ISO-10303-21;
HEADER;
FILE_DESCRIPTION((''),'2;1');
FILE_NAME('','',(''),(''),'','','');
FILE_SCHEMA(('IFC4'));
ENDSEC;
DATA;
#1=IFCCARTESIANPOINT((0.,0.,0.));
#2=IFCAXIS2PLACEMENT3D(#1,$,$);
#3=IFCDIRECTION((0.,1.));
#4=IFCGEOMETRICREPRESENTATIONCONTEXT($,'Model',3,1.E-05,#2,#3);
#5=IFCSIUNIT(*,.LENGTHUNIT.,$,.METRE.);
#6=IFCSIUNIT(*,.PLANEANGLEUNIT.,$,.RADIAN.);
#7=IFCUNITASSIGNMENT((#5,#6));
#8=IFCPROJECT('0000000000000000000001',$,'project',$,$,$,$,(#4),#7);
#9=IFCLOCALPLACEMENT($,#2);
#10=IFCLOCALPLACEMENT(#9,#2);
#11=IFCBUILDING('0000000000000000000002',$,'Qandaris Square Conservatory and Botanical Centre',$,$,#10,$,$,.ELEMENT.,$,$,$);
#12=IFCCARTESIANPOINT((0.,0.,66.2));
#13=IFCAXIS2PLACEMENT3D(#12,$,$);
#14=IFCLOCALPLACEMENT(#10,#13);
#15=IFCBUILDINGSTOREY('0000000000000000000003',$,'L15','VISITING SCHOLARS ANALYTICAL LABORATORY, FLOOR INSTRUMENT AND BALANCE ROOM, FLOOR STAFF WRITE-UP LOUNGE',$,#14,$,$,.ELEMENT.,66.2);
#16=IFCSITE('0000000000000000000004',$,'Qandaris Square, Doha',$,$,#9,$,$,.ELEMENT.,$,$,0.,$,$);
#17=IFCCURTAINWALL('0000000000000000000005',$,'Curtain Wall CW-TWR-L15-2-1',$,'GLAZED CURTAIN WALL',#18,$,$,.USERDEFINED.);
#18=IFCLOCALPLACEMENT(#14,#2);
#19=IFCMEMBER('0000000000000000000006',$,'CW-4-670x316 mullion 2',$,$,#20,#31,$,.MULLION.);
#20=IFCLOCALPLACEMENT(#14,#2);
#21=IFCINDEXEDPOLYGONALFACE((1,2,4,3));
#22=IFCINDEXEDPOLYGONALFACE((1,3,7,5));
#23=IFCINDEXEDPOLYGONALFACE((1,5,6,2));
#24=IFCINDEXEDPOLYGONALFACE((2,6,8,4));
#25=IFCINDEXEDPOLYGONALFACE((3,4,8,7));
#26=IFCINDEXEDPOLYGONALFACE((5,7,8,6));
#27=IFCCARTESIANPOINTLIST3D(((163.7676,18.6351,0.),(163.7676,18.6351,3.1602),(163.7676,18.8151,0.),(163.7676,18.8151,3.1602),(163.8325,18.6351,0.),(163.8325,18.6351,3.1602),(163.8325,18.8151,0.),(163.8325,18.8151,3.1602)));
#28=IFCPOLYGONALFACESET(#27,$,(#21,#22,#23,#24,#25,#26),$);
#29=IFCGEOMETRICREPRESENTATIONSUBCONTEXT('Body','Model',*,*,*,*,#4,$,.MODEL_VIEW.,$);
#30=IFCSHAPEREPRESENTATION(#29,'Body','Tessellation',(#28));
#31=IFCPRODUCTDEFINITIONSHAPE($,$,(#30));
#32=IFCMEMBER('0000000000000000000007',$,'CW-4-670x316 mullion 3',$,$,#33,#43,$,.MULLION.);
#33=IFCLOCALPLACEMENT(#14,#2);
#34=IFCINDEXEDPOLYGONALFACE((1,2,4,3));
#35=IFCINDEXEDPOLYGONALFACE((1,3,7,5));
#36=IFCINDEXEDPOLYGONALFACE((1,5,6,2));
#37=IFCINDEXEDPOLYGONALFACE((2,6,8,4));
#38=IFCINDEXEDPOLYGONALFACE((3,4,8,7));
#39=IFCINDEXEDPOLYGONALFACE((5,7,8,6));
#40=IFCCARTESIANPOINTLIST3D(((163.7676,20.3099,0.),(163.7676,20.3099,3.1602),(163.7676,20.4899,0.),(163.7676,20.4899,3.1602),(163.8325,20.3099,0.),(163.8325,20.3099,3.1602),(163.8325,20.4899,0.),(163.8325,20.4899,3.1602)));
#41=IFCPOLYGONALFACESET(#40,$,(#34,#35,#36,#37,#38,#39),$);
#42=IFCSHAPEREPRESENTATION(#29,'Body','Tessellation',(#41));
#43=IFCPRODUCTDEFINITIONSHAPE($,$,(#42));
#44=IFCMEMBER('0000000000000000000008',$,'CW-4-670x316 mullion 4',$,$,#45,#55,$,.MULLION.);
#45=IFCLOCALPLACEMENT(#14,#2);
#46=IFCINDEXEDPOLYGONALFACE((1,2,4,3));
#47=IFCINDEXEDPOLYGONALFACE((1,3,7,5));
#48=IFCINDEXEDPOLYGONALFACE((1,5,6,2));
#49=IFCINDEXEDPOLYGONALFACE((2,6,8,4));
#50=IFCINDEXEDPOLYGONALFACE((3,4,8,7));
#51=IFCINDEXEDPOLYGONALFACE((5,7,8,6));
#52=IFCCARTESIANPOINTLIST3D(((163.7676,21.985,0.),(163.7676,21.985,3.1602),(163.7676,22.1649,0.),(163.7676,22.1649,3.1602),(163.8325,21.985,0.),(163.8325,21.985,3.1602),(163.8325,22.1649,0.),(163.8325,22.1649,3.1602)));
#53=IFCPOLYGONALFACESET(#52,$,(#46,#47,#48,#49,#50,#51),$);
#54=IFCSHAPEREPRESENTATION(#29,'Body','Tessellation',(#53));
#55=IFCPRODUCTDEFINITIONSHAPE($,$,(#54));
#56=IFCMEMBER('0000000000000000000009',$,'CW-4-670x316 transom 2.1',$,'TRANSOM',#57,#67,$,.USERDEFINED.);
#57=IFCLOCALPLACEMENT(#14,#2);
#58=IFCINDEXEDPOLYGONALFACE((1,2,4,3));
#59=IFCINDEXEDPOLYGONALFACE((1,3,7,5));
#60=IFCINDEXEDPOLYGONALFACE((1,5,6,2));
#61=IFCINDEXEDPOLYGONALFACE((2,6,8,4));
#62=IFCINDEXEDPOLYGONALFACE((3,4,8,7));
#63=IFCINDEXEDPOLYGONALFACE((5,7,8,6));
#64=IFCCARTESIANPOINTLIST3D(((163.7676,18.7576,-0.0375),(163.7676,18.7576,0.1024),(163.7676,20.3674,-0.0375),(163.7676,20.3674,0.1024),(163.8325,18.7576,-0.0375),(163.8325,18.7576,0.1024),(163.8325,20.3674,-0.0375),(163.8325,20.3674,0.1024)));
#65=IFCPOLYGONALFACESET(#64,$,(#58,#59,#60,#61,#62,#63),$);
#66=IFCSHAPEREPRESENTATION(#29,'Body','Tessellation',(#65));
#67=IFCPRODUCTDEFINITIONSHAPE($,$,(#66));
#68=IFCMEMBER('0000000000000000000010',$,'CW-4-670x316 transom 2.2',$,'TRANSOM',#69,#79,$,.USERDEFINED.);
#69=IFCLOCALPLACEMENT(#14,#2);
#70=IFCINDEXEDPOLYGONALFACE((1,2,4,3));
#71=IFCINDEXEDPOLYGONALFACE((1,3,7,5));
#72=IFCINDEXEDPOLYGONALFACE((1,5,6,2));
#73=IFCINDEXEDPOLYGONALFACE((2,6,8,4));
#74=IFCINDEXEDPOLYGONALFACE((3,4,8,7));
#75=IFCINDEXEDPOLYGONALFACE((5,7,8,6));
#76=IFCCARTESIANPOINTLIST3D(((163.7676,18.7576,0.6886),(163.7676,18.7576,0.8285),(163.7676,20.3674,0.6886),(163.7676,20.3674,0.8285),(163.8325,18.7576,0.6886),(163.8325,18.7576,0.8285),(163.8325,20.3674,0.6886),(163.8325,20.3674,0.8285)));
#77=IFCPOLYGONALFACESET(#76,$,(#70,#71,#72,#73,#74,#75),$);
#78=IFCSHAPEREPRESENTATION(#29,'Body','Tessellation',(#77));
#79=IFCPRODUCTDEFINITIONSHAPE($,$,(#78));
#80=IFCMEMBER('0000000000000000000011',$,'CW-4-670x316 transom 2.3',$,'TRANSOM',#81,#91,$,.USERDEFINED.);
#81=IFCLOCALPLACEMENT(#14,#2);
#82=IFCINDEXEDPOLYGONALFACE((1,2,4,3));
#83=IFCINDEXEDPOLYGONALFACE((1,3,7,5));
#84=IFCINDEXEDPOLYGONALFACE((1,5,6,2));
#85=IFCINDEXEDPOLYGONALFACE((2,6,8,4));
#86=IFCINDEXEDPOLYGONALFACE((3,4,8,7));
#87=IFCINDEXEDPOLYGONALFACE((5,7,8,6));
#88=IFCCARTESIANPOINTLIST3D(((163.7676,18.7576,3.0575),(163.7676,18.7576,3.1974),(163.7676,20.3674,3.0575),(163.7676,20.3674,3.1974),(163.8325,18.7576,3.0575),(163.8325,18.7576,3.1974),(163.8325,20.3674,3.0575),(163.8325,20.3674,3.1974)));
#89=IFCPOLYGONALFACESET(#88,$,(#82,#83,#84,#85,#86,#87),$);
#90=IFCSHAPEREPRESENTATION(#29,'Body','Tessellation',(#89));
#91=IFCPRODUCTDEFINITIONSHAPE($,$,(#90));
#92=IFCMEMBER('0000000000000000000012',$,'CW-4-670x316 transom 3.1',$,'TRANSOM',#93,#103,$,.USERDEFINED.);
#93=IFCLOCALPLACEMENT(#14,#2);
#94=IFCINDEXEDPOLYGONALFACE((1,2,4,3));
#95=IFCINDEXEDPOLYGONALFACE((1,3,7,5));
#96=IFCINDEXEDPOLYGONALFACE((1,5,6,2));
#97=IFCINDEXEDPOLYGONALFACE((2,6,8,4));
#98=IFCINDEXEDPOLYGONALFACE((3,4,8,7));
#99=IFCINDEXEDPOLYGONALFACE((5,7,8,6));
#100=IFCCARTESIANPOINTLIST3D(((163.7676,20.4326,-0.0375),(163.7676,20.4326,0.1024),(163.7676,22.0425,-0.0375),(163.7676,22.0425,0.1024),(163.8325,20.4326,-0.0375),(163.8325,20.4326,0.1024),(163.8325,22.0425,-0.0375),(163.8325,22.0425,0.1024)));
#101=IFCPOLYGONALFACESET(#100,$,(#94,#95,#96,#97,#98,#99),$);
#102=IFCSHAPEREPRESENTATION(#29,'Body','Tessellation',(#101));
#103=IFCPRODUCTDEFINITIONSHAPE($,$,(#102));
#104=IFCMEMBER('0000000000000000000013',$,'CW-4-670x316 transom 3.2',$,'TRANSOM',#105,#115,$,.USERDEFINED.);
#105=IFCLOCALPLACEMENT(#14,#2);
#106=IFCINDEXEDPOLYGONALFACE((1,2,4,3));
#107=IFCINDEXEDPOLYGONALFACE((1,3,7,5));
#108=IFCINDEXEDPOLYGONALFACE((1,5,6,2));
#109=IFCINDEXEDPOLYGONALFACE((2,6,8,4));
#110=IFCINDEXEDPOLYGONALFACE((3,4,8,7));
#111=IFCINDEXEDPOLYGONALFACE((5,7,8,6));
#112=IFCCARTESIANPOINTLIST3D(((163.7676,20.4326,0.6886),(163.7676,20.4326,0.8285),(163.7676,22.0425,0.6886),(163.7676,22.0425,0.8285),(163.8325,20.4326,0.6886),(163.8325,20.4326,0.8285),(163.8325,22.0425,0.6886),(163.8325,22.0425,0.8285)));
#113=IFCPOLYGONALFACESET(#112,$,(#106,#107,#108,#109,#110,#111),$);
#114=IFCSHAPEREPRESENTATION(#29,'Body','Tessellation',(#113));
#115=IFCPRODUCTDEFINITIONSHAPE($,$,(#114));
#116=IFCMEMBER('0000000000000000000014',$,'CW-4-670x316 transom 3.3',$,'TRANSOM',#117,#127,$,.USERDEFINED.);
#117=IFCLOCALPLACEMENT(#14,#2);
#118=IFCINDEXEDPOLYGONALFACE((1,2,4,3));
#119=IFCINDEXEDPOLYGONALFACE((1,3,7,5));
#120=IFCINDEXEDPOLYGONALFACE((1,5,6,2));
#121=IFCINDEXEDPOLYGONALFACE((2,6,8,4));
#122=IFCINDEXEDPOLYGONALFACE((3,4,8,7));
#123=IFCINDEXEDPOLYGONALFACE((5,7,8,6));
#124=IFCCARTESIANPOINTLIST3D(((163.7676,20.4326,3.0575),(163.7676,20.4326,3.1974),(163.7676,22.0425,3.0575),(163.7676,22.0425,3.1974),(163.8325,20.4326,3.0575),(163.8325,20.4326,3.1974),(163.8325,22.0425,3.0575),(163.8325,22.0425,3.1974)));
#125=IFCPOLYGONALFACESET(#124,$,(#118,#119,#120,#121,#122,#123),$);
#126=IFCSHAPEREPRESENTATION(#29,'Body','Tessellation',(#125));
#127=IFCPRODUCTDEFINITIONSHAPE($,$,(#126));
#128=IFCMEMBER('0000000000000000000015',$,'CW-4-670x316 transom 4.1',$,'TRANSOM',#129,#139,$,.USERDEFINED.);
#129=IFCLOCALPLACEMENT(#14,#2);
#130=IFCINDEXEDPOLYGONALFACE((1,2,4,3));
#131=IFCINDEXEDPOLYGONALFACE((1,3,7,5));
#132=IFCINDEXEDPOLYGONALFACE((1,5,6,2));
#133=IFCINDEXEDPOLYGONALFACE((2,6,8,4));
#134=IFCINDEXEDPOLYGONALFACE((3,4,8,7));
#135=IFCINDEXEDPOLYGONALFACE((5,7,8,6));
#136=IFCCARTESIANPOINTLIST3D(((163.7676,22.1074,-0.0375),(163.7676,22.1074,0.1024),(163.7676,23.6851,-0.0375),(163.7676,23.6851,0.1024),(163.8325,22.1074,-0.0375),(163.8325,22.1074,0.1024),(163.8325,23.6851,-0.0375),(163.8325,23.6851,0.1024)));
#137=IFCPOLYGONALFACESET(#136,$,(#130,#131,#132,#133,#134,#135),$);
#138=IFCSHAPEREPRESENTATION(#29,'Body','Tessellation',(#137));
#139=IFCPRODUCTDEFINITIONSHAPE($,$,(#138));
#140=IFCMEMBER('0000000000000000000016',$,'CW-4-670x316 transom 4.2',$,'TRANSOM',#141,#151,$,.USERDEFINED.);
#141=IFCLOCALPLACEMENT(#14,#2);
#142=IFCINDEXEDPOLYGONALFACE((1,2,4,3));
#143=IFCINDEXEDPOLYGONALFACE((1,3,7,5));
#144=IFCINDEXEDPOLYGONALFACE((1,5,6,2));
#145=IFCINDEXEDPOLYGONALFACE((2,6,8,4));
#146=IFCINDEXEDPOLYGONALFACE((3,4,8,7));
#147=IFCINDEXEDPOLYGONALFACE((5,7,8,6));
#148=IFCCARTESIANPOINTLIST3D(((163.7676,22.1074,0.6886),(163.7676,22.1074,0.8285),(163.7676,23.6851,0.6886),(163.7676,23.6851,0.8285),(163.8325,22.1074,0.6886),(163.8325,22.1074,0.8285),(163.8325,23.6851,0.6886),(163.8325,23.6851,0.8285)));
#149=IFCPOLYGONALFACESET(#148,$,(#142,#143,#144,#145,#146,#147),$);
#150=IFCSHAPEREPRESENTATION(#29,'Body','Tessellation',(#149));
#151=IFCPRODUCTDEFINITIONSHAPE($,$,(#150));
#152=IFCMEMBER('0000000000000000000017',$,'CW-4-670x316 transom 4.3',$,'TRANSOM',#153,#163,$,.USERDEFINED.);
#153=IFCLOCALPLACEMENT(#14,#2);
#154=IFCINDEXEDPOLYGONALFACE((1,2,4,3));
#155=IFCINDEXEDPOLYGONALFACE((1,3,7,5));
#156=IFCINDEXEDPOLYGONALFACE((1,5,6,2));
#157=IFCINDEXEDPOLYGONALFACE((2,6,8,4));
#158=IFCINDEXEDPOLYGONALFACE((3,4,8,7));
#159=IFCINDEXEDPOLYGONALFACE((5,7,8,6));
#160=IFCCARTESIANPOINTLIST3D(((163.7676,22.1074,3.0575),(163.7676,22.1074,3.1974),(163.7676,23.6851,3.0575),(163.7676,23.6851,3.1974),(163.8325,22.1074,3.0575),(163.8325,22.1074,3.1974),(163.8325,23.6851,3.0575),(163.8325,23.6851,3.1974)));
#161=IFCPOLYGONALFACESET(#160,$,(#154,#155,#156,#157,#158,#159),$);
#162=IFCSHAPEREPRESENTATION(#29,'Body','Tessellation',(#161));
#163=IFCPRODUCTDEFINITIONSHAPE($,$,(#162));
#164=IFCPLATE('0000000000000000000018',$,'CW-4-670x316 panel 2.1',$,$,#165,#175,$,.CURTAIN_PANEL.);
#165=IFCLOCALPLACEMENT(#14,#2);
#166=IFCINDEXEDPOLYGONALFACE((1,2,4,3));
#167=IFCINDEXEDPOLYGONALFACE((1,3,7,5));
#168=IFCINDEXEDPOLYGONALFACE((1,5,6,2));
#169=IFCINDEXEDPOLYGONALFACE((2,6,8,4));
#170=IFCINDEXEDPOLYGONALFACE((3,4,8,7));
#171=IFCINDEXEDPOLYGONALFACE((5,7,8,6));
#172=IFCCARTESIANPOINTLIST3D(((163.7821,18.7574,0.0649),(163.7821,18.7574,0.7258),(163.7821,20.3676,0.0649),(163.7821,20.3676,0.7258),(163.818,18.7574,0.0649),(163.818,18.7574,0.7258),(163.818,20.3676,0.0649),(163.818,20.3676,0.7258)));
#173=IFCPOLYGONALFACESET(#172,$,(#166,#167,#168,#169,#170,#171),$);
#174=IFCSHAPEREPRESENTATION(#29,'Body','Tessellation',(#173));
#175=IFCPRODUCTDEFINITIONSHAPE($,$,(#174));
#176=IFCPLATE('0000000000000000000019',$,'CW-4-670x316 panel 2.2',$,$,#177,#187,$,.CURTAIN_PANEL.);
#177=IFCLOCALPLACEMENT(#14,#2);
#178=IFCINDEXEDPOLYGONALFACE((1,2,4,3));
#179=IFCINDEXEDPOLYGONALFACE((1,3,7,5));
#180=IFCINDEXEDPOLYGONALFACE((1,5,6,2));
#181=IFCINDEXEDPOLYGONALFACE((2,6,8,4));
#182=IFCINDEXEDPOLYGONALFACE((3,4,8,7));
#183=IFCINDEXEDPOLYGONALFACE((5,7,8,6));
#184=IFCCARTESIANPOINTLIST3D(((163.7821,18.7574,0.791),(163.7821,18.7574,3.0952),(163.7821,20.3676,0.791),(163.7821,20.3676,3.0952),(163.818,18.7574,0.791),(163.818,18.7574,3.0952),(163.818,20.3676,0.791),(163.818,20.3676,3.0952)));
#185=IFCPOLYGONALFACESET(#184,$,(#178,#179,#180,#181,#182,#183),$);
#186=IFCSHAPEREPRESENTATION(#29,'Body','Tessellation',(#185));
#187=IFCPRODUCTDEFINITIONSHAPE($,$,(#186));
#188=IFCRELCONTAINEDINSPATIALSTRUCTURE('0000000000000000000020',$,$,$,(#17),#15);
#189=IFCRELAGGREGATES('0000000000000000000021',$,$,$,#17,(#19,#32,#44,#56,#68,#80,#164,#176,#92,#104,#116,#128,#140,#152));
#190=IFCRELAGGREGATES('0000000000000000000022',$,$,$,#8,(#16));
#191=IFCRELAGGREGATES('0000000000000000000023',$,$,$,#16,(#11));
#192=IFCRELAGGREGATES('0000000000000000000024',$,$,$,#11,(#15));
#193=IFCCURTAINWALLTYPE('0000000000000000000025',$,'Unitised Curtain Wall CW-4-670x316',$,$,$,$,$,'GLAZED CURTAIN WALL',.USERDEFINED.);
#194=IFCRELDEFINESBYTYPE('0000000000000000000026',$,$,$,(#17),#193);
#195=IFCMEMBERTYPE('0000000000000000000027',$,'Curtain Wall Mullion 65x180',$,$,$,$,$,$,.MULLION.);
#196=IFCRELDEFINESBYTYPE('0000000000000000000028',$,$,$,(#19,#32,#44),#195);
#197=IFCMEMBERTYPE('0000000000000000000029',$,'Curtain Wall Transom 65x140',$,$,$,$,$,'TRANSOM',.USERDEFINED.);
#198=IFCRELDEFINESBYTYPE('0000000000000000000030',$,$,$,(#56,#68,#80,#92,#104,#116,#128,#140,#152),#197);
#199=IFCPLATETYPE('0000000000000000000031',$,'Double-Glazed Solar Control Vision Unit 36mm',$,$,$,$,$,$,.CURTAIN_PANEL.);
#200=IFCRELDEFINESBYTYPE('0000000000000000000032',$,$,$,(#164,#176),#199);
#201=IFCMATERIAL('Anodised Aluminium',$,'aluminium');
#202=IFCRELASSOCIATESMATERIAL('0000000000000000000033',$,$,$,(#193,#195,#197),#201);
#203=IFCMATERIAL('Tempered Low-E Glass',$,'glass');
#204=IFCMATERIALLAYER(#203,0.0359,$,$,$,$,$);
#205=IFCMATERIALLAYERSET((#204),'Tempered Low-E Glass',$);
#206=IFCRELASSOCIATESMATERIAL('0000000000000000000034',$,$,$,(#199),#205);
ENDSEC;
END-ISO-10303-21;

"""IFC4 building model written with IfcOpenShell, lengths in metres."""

from ifc_helpers import new_model, si_unit, direction, frame, origin, origin_2d, place, context, subcontext, project, spatial, rectangle, extrude, material, layer, layer_set, material_profile, profile_set, type_object, element, aggregate, save


model = new_model("IFC4")

# Units and contexts
model_context = context("Model", 3, precision=1e-05, world=origin(), true_north=direction((0.0, 1.0)))
body_context = subcontext(model_context, "Body", "Model", "MODEL_VIEW")
ifc_project = project(units=[si_unit("LENGTHUNIT", "METRE"), si_unit("PLANEANGLEUNIT", "RADIAN")], contexts=[model_context])

# Site, building, storey
site_placement = place(None, origin())
site = spatial("IfcSite", under=ifc_project, at=site_placement, Name="Qandaris Square, Doha", CompositionType="ELEMENT", RefElevation=0.0)
building_placement = place(site_placement, origin())
building = spatial("IfcBuilding", under=site, at=building_placement, Name="Qandaris Square Conservatory and Botanical Centre", CompositionType="ELEMENT")
storey_placement = place(building_placement, frame((0.0, 0.0, 66.2)))
storey = spatial("IfcBuildingStorey", under=building, at=storey_placement, Name="L15", Description="VISITING SCHOLARS ANALYTICAL LABORATORY, FLOOR INSTRUMENT AND BALANCE ROOM, FLOOR STAFF WRITE-UP LOUNGE", CompositionType="ELEMENT", Elevation=66.2)

# Curtain wall, members, plates
ifc_material_1 = material(Name="Anodised Aluminium", Category="aluminium")
curtain_wall_type = type_object("IfcCurtainWallType", Name="Unitised Curtain Wall CW-4-670x316", ElementType="GLAZED CURTAIN WALL", PredefinedType="USERDEFINED", material=ifc_material_1)
curtain_wall_placement = place(storey_placement, origin())
curtain_wall = element("IfcCurtainWall", 1, at=curtain_wall_placement, inside=storey, type_object=curtain_wall_type, Name="Curtain Wall CW-TWR-L15-2-1", ObjectType="GLAZED CURTAIN WALL", PredefinedType="USERDEFINED")
ifc_material_profile_1 = material_profile(ifc_material_1, rectangle(XDim=0.0649, YDim=0.1799, at=origin_2d()), Name="ALU-MUL 65x180")
ifc_profile_set_1 = profile_set([ifc_material_profile_1], Name="Anodised Aluminium")
member_type_1 = type_object("IfcMemberType", Name="Curtain Wall Mullion 65x180", PredefinedType="MULLION", material=ifc_profile_set_1)
member_1_placement = place(storey_placement, frame((163.8, 18.7251, 0.0), z_axis=(0.0, 0.0, 1.0), x_axis=(-1.0, 0.0, 0.0)))
member_1 = element("IfcMember", 2, at=member_1_placement, type_object=member_type_1, Name="CW-4-670x316 mullion 2", PredefinedType="MULLION", context=body_context, shape_type="SweptSolid", body=[
    extrude(rectangle(XDim=0.0649, YDim=0.1799, at=origin_2d()), origin(), (0.0, 0.0, 1.0), 3.1602),
])
member_2_placement = place(storey_placement, frame((163.8, 20.3999, 0.0), z_axis=(0.0, 0.0, 1.0), x_axis=(-1.0, 0.0, 0.0)))
member_2 = element("IfcMember", 3, at=member_2_placement, type_object=member_type_1, Name="CW-4-670x316 mullion 3", PredefinedType="MULLION", context=body_context, shape_type="SweptSolid", body=[
    extrude(rectangle(XDim=0.0649, YDim=0.1799, at=origin_2d()), origin(), (0.0, 0.0, 1.0), 3.1602),
])
member_3_placement = place(storey_placement, frame((163.8, 22.075, 0.0), z_axis=(0.0, 0.0, 1.0), x_axis=(-1.0, 0.0, 0.0)))
member_3 = element("IfcMember", 4, at=member_3_placement, type_object=member_type_1, Name="CW-4-670x316 mullion 4", PredefinedType="MULLION", context=body_context, shape_type="SweptSolid", body=[
    extrude(rectangle(XDim=0.0649, YDim=0.1799, at=origin_2d()), origin(), (0.0, 0.0, 1.0), 3.1602),
])
ifc_material_profile_2 = material_profile(ifc_material_1, rectangle(XDim=0.0649, YDim=0.1399, at=origin_2d()), Name="ALU-TRN 65x140")
ifc_profile_set_2 = profile_set([ifc_material_profile_2], Name="Anodised Aluminium")
member_type_2 = type_object("IfcMemberType", Name="Curtain Wall Transom 65x140", ElementType="TRANSOM", PredefinedType="USERDEFINED", material=ifc_profile_set_2)
member_4_placement = place(storey_placement, frame((163.8, 18.7576, 0.0325), z_axis=(0.0, 1.0, 0.0), x_axis=(-1.0, 0.0, 0.0)))
member_4 = element("IfcMember", 5, at=member_4_placement, type_object=member_type_2, Name="CW-4-670x316 transom 2.1", ObjectType="TRANSOM", PredefinedType="USERDEFINED", context=body_context, shape_type="SweptSolid", body=[
    extrude(rectangle(XDim=0.0649, YDim=0.1399, at=origin_2d()), origin(), (0.0, 0.0, 1.0), 1.6099),
])
member_5_placement = place(storey_placement, frame((163.8, 18.7576, 0.7585), z_axis=(0.0, 1.0, 0.0), x_axis=(-1.0, 0.0, 0.0)))
member_5 = element("IfcMember", 6, at=member_5_placement, type_object=member_type_2, Name="CW-4-670x316 transom 2.2", ObjectType="TRANSOM", PredefinedType="USERDEFINED", context=body_context, shape_type="SweptSolid", body=[
    extrude(rectangle(XDim=0.0649, YDim=0.1399, at=origin_2d()), origin(), (0.0, 0.0, 1.0), 1.6099),
])
member_6_placement = place(storey_placement, frame((163.8, 18.7576, 3.1274), z_axis=(0.0, 1.0, 0.0), x_axis=(-1.0, 0.0, 0.0)))
member_6 = element("IfcMember", 7, at=member_6_placement, type_object=member_type_2, Name="CW-4-670x316 transom 2.3", ObjectType="TRANSOM", PredefinedType="USERDEFINED", context=body_context, shape_type="SweptSolid", body=[
    extrude(rectangle(XDim=0.0649, YDim=0.1399, at=origin_2d()), origin(), (0.0, 0.0, 1.0), 1.6099),
])
member_7_placement = place(storey_placement, frame((163.8, 20.4326, 0.0325), z_axis=(0.0, 1.0, 0.0), x_axis=(-1.0, 0.0, 0.0)))
member_7 = element("IfcMember", 8, at=member_7_placement, type_object=member_type_2, Name="CW-4-670x316 transom 3.1", ObjectType="TRANSOM", PredefinedType="USERDEFINED", context=body_context, shape_type="SweptSolid", body=[
    extrude(rectangle(XDim=0.0649, YDim=0.1399, at=origin_2d()), origin(), (0.0, 0.0, 1.0), 1.6099),
])
member_8_placement = place(storey_placement, frame((163.8, 20.4326, 0.7585), z_axis=(0.0, 1.0, 0.0), x_axis=(-1.0, 0.0, 0.0)))
member_8 = element("IfcMember", 9, at=member_8_placement, type_object=member_type_2, Name="CW-4-670x316 transom 3.2", ObjectType="TRANSOM", PredefinedType="USERDEFINED", context=body_context, shape_type="SweptSolid", body=[
    extrude(rectangle(XDim=0.0649, YDim=0.1399, at=origin_2d()), origin(), (0.0, 0.0, 1.0), 1.6099),
])
member_9_placement = place(storey_placement, frame((163.8, 20.4326, 3.1274), z_axis=(0.0, 1.0, 0.0), x_axis=(-1.0, 0.0, 0.0)))
member_9 = element("IfcMember", 10, at=member_9_placement, type_object=member_type_2, Name="CW-4-670x316 transom 3.3", ObjectType="TRANSOM", PredefinedType="USERDEFINED", context=body_context, shape_type="SweptSolid", body=[
    extrude(rectangle(XDim=0.0649, YDim=0.1399, at=origin_2d()), origin(), (0.0, 0.0, 1.0), 1.6099),
])
member_10_placement = place(storey_placement, frame((163.8, 22.1074, 0.0325), z_axis=(0.0, 1.0, 0.0), x_axis=(-1.0, 0.0, 0.0)))
member_10 = element("IfcMember", 11, at=member_10_placement, type_object=member_type_2, Name="CW-4-670x316 transom 4.1", ObjectType="TRANSOM", PredefinedType="USERDEFINED", context=body_context, shape_type="SweptSolid", body=[
    extrude(rectangle(XDim=0.0649, YDim=0.1399, at=origin_2d()), origin(), (0.0, 0.0, 1.0), 1.5776),
])
member_11_placement = place(storey_placement, frame((163.8, 22.1074, 0.7585), z_axis=(0.0, 1.0, 0.0), x_axis=(-1.0, 0.0, 0.0)))
member_11 = element("IfcMember", 12, at=member_11_placement, type_object=member_type_2, Name="CW-4-670x316 transom 4.2", ObjectType="TRANSOM", PredefinedType="USERDEFINED", context=body_context, shape_type="SweptSolid", body=[
    extrude(rectangle(XDim=0.0649, YDim=0.1399, at=origin_2d()), origin(), (0.0, 0.0, 1.0), 1.5776),
])
member_12_placement = place(storey_placement, frame((163.8, 22.1074, 3.1274), z_axis=(0.0, 1.0, 0.0), x_axis=(-1.0, 0.0, 0.0)))
member_12 = element("IfcMember", 13, at=member_12_placement, type_object=member_type_2, Name="CW-4-670x316 transom 4.3", ObjectType="TRANSOM", PredefinedType="USERDEFINED", context=body_context, shape_type="SweptSolid", body=[
    extrude(rectangle(XDim=0.0649, YDim=0.1399, at=origin_2d()), origin(), (0.0, 0.0, 1.0), 1.5776),
])
ifc_material_2 = material(Name="Tempered Low-E Glass", Category="glass")
ifc_layer_1 = layer(ifc_material_2, 0.0359)
ifc_layer_set_1 = layer_set([ifc_layer_1], Name="Tempered Low-E Glass")
plate_type_1 = type_object("IfcPlateType", Name="Double-Glazed Solar Control Vision Unit 36mm", PredefinedType="CURTAIN_PANEL", material=ifc_layer_set_1)
plate_1_placement = place(storey_placement, frame((163.8, 19.5625, 0.0649), z_axis=(0.0, 0.0, 1.0), x_axis=(0.0, 1.0, 0.0)))
plate_1 = element("IfcPlate", 14, at=plate_1_placement, type_object=plate_type_1, Name="CW-4-670x316 panel 2.1", PredefinedType="CURTAIN_PANEL", context=body_context, shape_type="SweptSolid", body=[
    extrude(rectangle(XDim=1.6101, YDim=0.0359, at=origin_2d()), origin(), (0.0, 0.0, 1.0), 0.6609),
])
plate_2_placement = place(storey_placement, frame((163.8, 19.5625, 0.791), z_axis=(0.0, 0.0, 1.0), x_axis=(0.0, 1.0, 0.0)))
plate_2 = element("IfcPlate", 15, at=plate_2_placement, type_object=plate_type_1, Name="CW-4-670x316 panel 2.2", PredefinedType="CURTAIN_PANEL", context=body_context, shape_type="SweptSolid", body=[
    extrude(rectangle(XDim=1.6101, YDim=0.0359, at=origin_2d()), origin(), (0.0, 0.0, 1.0), 2.3042),
])
aggregate(curtain_wall, [member_1, member_2, member_3, member_4, member_5, member_6, plate_1, plate_2, member_7, member_8, member_9, member_10, member_11, member_12])

save(model, "model.ifc")
